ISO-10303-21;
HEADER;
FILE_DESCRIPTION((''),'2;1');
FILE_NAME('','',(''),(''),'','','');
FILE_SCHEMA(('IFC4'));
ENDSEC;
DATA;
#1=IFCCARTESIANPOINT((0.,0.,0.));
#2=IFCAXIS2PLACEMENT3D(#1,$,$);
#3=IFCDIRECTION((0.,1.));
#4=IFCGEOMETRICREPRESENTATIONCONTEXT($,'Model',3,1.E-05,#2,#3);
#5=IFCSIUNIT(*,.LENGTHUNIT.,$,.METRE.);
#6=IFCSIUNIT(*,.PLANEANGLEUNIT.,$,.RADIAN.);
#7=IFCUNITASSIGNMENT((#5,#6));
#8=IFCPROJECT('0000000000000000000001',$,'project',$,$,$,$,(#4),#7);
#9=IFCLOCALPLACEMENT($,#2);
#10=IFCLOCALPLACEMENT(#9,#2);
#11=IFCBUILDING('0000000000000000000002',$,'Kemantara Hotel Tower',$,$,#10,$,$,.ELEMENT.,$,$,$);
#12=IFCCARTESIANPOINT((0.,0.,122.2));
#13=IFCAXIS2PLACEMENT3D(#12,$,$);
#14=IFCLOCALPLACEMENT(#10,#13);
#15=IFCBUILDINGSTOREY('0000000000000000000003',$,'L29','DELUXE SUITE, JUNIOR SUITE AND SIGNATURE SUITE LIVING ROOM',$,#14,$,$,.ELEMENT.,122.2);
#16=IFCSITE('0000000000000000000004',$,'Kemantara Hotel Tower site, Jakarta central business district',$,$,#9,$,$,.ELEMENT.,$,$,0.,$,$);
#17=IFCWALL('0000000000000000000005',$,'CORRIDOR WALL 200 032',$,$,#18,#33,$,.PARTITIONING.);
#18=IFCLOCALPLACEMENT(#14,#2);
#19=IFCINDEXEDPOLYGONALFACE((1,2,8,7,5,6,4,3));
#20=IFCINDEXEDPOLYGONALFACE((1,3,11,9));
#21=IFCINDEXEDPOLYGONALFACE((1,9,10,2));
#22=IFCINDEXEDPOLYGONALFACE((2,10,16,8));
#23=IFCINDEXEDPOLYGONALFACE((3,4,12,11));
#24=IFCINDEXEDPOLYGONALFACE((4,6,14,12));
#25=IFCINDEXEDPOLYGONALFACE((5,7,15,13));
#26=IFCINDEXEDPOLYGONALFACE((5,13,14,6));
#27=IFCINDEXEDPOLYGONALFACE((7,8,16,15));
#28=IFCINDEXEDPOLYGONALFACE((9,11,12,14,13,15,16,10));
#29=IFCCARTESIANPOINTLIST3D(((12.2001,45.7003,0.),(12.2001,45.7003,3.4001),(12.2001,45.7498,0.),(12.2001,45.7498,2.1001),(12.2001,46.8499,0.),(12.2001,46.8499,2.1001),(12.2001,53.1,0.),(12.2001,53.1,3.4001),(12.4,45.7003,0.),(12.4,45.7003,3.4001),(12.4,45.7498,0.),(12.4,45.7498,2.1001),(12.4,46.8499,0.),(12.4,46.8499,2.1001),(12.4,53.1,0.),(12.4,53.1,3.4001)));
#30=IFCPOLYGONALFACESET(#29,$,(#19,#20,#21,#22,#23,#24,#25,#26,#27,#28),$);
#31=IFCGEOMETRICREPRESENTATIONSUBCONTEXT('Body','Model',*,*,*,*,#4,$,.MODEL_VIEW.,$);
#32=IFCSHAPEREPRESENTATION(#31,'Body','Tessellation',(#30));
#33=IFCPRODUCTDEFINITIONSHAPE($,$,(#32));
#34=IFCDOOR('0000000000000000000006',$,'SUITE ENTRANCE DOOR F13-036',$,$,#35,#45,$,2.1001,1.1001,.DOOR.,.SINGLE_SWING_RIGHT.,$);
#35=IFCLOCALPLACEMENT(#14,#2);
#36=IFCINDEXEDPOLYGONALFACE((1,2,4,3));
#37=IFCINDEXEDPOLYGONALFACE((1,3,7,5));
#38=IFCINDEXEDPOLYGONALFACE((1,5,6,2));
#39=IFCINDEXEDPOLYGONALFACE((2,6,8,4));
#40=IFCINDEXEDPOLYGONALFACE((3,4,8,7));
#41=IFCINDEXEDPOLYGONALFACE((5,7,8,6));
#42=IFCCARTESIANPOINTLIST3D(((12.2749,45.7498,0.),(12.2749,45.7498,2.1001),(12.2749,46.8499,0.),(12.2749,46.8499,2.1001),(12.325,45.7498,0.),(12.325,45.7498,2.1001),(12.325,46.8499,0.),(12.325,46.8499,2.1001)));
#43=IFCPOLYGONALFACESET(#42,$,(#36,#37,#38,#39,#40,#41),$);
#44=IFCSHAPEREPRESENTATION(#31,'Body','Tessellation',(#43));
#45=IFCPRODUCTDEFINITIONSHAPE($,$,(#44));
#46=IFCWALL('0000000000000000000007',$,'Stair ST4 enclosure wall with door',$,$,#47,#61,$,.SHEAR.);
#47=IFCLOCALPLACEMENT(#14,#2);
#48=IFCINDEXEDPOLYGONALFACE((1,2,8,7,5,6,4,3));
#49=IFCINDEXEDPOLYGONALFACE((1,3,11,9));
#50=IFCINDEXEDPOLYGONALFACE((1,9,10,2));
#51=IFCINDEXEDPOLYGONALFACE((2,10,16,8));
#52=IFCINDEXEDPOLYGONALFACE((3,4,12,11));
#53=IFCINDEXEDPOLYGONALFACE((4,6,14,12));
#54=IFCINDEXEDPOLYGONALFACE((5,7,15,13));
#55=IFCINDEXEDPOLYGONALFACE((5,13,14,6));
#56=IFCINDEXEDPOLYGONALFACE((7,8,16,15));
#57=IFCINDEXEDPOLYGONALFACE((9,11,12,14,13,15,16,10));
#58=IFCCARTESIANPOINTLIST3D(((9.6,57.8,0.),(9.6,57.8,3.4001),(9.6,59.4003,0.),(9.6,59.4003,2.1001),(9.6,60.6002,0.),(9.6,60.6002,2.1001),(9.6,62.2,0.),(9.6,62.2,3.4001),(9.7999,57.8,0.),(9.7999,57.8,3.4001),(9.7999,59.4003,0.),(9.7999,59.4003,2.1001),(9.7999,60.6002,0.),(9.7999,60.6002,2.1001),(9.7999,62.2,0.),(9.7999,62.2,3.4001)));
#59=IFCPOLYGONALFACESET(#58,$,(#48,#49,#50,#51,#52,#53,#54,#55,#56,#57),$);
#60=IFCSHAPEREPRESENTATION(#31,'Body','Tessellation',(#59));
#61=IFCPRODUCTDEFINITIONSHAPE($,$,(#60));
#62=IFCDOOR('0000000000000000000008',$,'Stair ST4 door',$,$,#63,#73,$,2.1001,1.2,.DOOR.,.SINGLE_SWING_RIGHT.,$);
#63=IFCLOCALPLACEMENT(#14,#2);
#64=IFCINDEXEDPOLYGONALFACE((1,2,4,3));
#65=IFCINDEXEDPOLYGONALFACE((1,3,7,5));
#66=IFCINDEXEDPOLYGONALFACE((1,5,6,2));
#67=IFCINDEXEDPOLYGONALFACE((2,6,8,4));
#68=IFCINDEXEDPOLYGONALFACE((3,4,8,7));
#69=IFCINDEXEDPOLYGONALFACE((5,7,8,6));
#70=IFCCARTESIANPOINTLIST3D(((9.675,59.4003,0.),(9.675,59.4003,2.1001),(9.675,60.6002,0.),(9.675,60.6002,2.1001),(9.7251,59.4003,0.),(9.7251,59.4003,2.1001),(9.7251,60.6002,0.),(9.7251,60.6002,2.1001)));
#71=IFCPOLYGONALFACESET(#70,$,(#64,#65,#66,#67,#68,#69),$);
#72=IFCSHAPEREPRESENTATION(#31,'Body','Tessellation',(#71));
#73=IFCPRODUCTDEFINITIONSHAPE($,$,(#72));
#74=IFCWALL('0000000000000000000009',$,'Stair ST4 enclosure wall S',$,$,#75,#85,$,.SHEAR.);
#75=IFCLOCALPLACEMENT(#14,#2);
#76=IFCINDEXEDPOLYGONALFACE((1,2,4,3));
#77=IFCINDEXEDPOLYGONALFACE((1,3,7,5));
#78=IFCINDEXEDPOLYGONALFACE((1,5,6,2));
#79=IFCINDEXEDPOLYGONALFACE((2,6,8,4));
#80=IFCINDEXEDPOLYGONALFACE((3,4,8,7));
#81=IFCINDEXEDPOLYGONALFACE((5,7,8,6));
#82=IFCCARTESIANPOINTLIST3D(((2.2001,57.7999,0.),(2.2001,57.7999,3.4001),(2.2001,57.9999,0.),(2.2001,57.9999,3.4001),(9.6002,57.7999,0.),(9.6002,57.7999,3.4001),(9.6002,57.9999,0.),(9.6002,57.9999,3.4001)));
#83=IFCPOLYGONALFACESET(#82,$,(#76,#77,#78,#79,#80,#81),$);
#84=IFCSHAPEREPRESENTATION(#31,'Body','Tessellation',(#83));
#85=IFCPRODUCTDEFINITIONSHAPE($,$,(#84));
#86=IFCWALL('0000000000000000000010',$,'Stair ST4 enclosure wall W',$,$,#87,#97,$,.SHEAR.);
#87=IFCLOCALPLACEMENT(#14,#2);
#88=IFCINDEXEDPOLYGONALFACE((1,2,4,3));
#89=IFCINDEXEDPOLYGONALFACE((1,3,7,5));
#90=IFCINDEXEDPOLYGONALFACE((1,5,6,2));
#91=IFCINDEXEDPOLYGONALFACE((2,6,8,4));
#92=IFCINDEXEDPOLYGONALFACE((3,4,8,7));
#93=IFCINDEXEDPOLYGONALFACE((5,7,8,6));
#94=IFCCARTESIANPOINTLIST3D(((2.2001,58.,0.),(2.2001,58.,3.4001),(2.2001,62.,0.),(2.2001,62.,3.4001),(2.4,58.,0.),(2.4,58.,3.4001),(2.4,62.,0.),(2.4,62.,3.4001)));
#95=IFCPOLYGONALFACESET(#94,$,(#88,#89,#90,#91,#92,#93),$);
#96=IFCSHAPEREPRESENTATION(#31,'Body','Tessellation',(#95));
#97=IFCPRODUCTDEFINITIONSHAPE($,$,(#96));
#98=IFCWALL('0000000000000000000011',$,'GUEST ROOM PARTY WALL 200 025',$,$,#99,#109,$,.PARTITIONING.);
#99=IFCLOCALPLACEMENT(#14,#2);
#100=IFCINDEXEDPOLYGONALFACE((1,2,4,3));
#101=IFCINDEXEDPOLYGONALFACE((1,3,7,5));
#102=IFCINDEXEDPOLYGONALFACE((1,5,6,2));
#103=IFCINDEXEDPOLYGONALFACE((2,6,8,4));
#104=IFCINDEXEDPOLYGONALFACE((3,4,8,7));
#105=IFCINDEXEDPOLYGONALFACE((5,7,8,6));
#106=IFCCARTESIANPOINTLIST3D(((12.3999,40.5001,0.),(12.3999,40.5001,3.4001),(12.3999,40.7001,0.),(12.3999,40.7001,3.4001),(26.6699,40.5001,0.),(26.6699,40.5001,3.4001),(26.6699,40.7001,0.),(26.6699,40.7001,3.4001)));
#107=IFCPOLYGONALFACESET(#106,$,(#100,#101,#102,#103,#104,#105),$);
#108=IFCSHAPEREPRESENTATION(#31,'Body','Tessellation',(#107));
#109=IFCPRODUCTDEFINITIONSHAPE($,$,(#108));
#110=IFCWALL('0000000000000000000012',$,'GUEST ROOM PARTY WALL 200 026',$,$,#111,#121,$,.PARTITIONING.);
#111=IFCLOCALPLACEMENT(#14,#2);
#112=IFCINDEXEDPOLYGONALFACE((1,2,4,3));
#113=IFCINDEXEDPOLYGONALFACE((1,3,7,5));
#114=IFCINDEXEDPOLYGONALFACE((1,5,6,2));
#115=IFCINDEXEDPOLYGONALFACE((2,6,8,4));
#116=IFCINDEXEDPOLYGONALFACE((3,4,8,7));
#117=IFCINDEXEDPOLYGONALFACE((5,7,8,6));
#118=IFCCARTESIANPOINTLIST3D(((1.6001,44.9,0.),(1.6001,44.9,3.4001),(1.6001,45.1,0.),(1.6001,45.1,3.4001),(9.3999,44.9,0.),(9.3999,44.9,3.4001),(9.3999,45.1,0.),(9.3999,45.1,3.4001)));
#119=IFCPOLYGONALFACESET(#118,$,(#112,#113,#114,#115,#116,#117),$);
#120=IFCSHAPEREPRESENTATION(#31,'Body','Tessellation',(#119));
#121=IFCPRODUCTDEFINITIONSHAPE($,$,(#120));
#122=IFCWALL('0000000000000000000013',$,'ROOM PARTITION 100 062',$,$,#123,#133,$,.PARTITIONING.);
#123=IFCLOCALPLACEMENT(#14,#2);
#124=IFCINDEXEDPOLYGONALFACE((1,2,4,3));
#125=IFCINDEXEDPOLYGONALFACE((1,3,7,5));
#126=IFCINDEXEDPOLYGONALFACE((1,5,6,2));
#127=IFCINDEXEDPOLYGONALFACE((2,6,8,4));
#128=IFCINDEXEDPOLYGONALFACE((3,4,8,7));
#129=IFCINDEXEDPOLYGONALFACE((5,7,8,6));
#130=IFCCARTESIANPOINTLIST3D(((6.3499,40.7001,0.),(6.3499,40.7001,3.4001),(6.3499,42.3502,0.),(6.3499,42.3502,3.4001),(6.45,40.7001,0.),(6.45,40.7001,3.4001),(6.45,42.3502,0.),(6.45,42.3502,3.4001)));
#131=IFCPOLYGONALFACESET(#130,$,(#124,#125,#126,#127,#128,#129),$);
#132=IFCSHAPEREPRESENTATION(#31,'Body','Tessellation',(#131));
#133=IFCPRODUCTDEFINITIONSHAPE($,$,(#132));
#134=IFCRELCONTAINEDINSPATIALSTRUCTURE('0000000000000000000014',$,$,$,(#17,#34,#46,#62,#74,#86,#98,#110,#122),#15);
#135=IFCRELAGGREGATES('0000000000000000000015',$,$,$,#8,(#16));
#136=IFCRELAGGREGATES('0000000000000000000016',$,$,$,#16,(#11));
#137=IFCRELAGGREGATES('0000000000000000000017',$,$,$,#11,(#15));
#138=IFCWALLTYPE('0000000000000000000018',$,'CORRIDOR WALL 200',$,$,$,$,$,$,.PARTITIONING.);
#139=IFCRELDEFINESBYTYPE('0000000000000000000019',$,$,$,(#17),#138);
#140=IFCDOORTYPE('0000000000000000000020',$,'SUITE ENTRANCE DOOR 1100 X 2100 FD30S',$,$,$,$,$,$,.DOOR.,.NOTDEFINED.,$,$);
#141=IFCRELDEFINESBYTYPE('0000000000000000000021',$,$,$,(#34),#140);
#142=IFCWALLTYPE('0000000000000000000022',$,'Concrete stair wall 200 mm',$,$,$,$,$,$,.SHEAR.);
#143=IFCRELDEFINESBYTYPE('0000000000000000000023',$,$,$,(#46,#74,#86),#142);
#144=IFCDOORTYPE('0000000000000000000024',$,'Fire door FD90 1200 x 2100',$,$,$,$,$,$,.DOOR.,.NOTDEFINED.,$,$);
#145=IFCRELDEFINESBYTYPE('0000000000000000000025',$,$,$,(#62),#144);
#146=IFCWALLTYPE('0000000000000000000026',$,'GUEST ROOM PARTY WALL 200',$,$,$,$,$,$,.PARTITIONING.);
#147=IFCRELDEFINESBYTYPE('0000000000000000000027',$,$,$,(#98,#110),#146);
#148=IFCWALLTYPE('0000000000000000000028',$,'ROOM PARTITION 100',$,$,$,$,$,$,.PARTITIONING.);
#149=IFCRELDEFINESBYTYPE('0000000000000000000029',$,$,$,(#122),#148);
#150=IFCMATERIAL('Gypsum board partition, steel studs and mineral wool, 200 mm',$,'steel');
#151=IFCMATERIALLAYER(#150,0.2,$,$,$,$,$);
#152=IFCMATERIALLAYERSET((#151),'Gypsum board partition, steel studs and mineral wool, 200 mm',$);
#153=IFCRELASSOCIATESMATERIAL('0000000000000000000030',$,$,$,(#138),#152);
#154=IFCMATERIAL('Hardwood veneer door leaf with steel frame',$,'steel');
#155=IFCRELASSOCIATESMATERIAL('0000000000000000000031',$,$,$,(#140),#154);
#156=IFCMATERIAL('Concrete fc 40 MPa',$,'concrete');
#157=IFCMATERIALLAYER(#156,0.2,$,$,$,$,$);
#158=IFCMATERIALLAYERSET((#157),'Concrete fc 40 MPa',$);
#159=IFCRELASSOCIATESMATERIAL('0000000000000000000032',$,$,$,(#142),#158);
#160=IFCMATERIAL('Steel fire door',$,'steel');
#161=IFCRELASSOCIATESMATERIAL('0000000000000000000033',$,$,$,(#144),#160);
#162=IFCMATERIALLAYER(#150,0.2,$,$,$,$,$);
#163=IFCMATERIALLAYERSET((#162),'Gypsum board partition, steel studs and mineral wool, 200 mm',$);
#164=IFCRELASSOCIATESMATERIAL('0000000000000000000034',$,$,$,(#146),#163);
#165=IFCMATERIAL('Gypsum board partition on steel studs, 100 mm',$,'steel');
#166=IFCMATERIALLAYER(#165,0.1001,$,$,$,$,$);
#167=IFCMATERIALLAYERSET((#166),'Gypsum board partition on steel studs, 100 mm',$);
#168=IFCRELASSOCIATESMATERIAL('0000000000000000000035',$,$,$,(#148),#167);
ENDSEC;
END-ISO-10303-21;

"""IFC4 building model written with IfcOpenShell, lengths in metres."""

from ifc_helpers import new_model, si_unit, direction, frame, frame_2d, origin, place, context, subcontext, project, spatial, rectangle, extrude, material, layer, layer_set, type_object, element, fill, save


model = new_model("IFC4")

# Units and contexts
model_context = context("Model", 3, precision=1e-05, world=origin(), true_north=direction((0.0, 1.0)))
body_context = subcontext(model_context, "Body", "Model", "MODEL_VIEW")
ifc_project = project(units=[si_unit("LENGTHUNIT", "METRE"), si_unit("PLANEANGLEUNIT", "RADIAN")], contexts=[model_context])

# Site, building, storey
site_placement = place(None, origin())
site = spatial("IfcSite", under=ifc_project, at=site_placement, Name="Kemantara Hotel Tower site, Jakarta central business district", CompositionType="ELEMENT", RefElevation=0.0)
building_placement = place(site_placement, origin())
building = spatial("IfcBuilding", under=site, at=building_placement, Name="Kemantara Hotel Tower", CompositionType="ELEMENT")
storey_placement = place(building_placement, frame((0.0, 0.0, 122.2)))
storey = spatial("IfcBuildingStorey", under=building, at=storey_placement, Name="L29", Description="DELUXE SUITE, JUNIOR SUITE AND SIGNATURE SUITE LIVING ROOM", CompositionType="ELEMENT", Elevation=122.2)

# Shared definitions
ifc_material_1 = material(Name="Gypsum board partition, steel studs and mineral wool, 200 mm", Category="steel")
ifc_layer_1 = layer(ifc_material_1, 0.2)
ifc_layer_set_1 = layer_set([ifc_layer_1], Name="Gypsum board partition, steel studs and mineral wool, 200 mm")
wall_type_1 = type_object("IfcWallType", Name="CORRIDOR WALL 200", PredefinedType="PARTITIONING", material=ifc_layer_set_1)

# Shared definitions
ifc_material_2 = material(Name="Hardwood veneer door leaf with steel frame", Category="steel")
door_type_1 = type_object("IfcDoorType", Name="SUITE ENTRANCE DOOR 1100 X 2100 FD30S", OperationType="NOTDEFINED", PredefinedType="DOOR", material=ifc_material_2)

# Walls, openings, doors
wall_1_placement = place(storey_placement, frame((12.3, 53.0999, 0.0), z_axis=(0.0, 0.0, 1.0), x_axis=(0.0, -1.0, 0.0)))
wall_1 = element("IfcWall", 1, at=wall_1_placement, inside=storey, type_object=wall_type_1, Name="CORRIDOR WALL 200 032", PredefinedType="PARTITIONING", context=body_context, shape_type="SweptSolid", body=[
    extrude(rectangle(XDim=7.3997, YDim=0.2, at=frame_2d((3.6997, 0.0))), origin(), (0.0, 0.0, 1.0), 3.4001),
])
opening_1_placement = place(wall_1_placement, frame((6.25, 0.0, 0.0)))
opening_1 = element("IfcOpeningElement", 2, at=opening_1_placement, cuts=wall_1, PredefinedType="OPENING", context=body_context, shape_type="SweptSolid", body=[
    extrude(rectangle(XDim=1.1001, YDim=2.1001, at=frame_2d((0.55, 1.05))), frame((0.0, 0.1099, 0.0), z_axis=(0.0, -1.0, 0.0), x_axis=(1.0, 0.0, 0.0)), (0.0, 0.0, 1.0), 0.22),
])
door_1_placement = place(opening_1_placement, origin())
door_1 = element("IfcDoor", 3, at=door_1_placement, inside=storey, type_object=door_type_1, Name="SUITE ENTRANCE DOOR F13-036", OperationType="SINGLE_SWING_RIGHT", OverallHeight=2.1001, OverallWidth=1.1001, PredefinedType="DOOR", context=body_context, shape_type="SweptSolid", body=[
    extrude(rectangle(XDim=1.1001, YDim=2.1001, at=frame_2d((0.55, 1.05))), frame((0.0, 0.0249, 0.0), z_axis=(0.0, -1.0, 0.0), x_axis=(1.0, 0.0, 0.0)), (0.0, 0.0, 1.0), 0.05),
])
fill(opening_1, door_1)
ifc_material_3 = material(Name="Concrete fc 40 MPa", Category="concrete")
ifc_layer_2 = layer(ifc_material_3, 0.2)
ifc_layer_set_2 = layer_set([ifc_layer_2], Name="Concrete fc 40 MPa")
wall_type_2 = type_object("IfcWallType", Name="Concrete stair wall 200 mm", PredefinedType="SHEAR", material=ifc_layer_set_2)
wall_2_placement = place(storey_placement, frame((9.7, 57.8, 0.0), z_axis=(0.0, 0.0, 1.0), x_axis=(0.0, 1.0, 0.0)))
wall_2 = element("IfcWall", 4, at=wall_2_placement, inside=storey, type_object=wall_type_2, Name="Stair ST4 enclosure wall with door", PredefinedType="SHEAR", context=body_context, shape_type="SweptSolid", body=[
    extrude(rectangle(XDim=4.3999, YDim=0.2, at=frame_2d((2.2, 0.0))), origin(), (0.0, 0.0, 1.0), 3.4001),
])
opening_2_placement = place(wall_2_placement, frame((1.6001, 0.0, 0.0)))
opening_2 = element("IfcOpeningElement", 5, at=opening_2_placement, cuts=wall_2, PredefinedType="OPENING", context=body_context, shape_type="SweptSolid", body=[
    extrude(rectangle(XDim=1.2, YDim=2.1001, at=frame_2d((0.6001, 1.05))), frame((0.0, 0.1099, 0.0), z_axis=(0.0, -1.0, 0.0), x_axis=(1.0, 0.0, 0.0)), (0.0, 0.0, 1.0), 0.22),
])
ifc_material_4 = material(Name="Steel fire door", Category="steel")
door_type_2 = type_object("IfcDoorType", Name="Fire door FD90 1200 x 2100", OperationType="NOTDEFINED", PredefinedType="DOOR", material=ifc_material_4)
door_2_placement = place(opening_2_placement, origin())
door_2 = element("IfcDoor", 6, at=door_2_placement, inside=storey, type_object=door_type_2, Name="Stair ST4 door", OperationType="SINGLE_SWING_RIGHT", OverallHeight=2.1001, OverallWidth=1.2, PredefinedType="DOOR", context=body_context, shape_type="SweptSolid", body=[
    extrude(rectangle(XDim=1.2, YDim=2.1001, at=frame_2d((0.6001, 1.05))), frame((0.0, 0.0249, 0.0), z_axis=(0.0, -1.0, 0.0), x_axis=(1.0, 0.0, 0.0)), (0.0, 0.0, 1.0), 0.05),
])
fill(opening_2, door_2)

# Walls
wall_3_placement = place(storey_placement, frame((2.2, 57.8999, 0.0), z_axis=(0.0, 0.0, 1.0), x_axis=(1.0, 0.0, 0.0)))
element("IfcWall", 7, at=wall_3_placement, inside=storey, type_object=wall_type_2, Name="Stair ST4 enclosure wall S", PredefinedType="SHEAR", context=body_context, shape_type="SweptSolid", body=[
    extrude(rectangle(XDim=7.4001, YDim=0.2, at=frame_2d((3.7002, 0.0))), origin(), (0.0, 0.0, 1.0), 3.4001),
])
wall_4_placement = place(storey_placement, frame((2.3, 58.0, 0.0), z_axis=(0.0, 0.0, 1.0), x_axis=(0.0, 1.0, 0.0)))
element("IfcWall", 8, at=wall_4_placement, inside=storey, type_object=wall_type_2, Name="Stair ST4 enclosure wall W", PredefinedType="SHEAR", context=body_context, shape_type="SweptSolid", body=[
    extrude(rectangle(XDim=4.0, YDim=0.2, at=frame_2d((2.0, 0.0))), origin(), (0.0, 0.0, 1.0), 3.4001),
])
ifc_layer_3 = layer(ifc_material_1, 0.2)
ifc_layer_set_3 = layer_set([ifc_layer_3], Name="Gypsum board partition, steel studs and mineral wool, 200 mm")
wall_type_3 = type_object("IfcWallType", Name="GUEST ROOM PARTY WALL 200", PredefinedType="PARTITIONING", material=ifc_layer_set_3)
wall_5_placement = place(storey_placement, frame((12.3999, 40.6001, 0.0), z_axis=(0.0, 0.0, 1.0), x_axis=(1.0, 0.0, 0.0)))
element("IfcWall", 9, at=wall_5_placement, inside=storey, type_object=wall_type_3, Name="GUEST ROOM PARTY WALL 200 025", PredefinedType="PARTITIONING", context=body_context, shape_type="SweptSolid", body=[
    extrude(rectangle(XDim=14.27, YDim=0.2, at=frame_2d((7.135, 0.0))), origin(), (0.0, 0.0, 1.0), 3.4001),
])
wall_6_placement = place(storey_placement, frame((1.6001, 45.0, 0.0), z_axis=(0.0, 0.0, 1.0), x_axis=(1.0, 0.0, 0.0)))
element("IfcWall", 10, at=wall_6_placement, inside=storey, type_object=wall_type_3, Name="GUEST ROOM PARTY WALL 200 026", PredefinedType="PARTITIONING", context=body_context, shape_type="SweptSolid", body=[
    extrude(rectangle(XDim=7.7998, YDim=0.2, at=frame_2d((3.8999, 0.0))), origin(), (0.0, 0.0, 1.0), 3.4001),
])
ifc_material_5 = material(Name="Gypsum board partition on steel studs, 100 mm", Category="steel")
ifc_layer_4 = layer(ifc_material_5, 0.1001)
ifc_layer_set_4 = layer_set([ifc_layer_4], Name="Gypsum board partition on steel studs, 100 mm")
wall_type_4 = type_object("IfcWallType", Name="ROOM PARTITION 100", PredefinedType="PARTITIONING", material=ifc_layer_set_4)
wall_7_placement = place(storey_placement, frame((6.3999, 40.7, 0.0), z_axis=(0.0, 0.0, 1.0), x_axis=(0.0, 1.0, 0.0)))
element("IfcWall", 11, at=wall_7_placement, inside=storey, type_object=wall_type_4, Name="ROOM PARTITION 100 062", PredefinedType="PARTITIONING", context=body_context, shape_type="SweptSolid", body=[
    extrude(rectangle(XDim=1.6501, YDim=0.1001, at=frame_2d((0.8252, 0.0))), origin(), (0.0, 0.0, 1.0), 3.4001),
])

save(model, "model.ifc")
